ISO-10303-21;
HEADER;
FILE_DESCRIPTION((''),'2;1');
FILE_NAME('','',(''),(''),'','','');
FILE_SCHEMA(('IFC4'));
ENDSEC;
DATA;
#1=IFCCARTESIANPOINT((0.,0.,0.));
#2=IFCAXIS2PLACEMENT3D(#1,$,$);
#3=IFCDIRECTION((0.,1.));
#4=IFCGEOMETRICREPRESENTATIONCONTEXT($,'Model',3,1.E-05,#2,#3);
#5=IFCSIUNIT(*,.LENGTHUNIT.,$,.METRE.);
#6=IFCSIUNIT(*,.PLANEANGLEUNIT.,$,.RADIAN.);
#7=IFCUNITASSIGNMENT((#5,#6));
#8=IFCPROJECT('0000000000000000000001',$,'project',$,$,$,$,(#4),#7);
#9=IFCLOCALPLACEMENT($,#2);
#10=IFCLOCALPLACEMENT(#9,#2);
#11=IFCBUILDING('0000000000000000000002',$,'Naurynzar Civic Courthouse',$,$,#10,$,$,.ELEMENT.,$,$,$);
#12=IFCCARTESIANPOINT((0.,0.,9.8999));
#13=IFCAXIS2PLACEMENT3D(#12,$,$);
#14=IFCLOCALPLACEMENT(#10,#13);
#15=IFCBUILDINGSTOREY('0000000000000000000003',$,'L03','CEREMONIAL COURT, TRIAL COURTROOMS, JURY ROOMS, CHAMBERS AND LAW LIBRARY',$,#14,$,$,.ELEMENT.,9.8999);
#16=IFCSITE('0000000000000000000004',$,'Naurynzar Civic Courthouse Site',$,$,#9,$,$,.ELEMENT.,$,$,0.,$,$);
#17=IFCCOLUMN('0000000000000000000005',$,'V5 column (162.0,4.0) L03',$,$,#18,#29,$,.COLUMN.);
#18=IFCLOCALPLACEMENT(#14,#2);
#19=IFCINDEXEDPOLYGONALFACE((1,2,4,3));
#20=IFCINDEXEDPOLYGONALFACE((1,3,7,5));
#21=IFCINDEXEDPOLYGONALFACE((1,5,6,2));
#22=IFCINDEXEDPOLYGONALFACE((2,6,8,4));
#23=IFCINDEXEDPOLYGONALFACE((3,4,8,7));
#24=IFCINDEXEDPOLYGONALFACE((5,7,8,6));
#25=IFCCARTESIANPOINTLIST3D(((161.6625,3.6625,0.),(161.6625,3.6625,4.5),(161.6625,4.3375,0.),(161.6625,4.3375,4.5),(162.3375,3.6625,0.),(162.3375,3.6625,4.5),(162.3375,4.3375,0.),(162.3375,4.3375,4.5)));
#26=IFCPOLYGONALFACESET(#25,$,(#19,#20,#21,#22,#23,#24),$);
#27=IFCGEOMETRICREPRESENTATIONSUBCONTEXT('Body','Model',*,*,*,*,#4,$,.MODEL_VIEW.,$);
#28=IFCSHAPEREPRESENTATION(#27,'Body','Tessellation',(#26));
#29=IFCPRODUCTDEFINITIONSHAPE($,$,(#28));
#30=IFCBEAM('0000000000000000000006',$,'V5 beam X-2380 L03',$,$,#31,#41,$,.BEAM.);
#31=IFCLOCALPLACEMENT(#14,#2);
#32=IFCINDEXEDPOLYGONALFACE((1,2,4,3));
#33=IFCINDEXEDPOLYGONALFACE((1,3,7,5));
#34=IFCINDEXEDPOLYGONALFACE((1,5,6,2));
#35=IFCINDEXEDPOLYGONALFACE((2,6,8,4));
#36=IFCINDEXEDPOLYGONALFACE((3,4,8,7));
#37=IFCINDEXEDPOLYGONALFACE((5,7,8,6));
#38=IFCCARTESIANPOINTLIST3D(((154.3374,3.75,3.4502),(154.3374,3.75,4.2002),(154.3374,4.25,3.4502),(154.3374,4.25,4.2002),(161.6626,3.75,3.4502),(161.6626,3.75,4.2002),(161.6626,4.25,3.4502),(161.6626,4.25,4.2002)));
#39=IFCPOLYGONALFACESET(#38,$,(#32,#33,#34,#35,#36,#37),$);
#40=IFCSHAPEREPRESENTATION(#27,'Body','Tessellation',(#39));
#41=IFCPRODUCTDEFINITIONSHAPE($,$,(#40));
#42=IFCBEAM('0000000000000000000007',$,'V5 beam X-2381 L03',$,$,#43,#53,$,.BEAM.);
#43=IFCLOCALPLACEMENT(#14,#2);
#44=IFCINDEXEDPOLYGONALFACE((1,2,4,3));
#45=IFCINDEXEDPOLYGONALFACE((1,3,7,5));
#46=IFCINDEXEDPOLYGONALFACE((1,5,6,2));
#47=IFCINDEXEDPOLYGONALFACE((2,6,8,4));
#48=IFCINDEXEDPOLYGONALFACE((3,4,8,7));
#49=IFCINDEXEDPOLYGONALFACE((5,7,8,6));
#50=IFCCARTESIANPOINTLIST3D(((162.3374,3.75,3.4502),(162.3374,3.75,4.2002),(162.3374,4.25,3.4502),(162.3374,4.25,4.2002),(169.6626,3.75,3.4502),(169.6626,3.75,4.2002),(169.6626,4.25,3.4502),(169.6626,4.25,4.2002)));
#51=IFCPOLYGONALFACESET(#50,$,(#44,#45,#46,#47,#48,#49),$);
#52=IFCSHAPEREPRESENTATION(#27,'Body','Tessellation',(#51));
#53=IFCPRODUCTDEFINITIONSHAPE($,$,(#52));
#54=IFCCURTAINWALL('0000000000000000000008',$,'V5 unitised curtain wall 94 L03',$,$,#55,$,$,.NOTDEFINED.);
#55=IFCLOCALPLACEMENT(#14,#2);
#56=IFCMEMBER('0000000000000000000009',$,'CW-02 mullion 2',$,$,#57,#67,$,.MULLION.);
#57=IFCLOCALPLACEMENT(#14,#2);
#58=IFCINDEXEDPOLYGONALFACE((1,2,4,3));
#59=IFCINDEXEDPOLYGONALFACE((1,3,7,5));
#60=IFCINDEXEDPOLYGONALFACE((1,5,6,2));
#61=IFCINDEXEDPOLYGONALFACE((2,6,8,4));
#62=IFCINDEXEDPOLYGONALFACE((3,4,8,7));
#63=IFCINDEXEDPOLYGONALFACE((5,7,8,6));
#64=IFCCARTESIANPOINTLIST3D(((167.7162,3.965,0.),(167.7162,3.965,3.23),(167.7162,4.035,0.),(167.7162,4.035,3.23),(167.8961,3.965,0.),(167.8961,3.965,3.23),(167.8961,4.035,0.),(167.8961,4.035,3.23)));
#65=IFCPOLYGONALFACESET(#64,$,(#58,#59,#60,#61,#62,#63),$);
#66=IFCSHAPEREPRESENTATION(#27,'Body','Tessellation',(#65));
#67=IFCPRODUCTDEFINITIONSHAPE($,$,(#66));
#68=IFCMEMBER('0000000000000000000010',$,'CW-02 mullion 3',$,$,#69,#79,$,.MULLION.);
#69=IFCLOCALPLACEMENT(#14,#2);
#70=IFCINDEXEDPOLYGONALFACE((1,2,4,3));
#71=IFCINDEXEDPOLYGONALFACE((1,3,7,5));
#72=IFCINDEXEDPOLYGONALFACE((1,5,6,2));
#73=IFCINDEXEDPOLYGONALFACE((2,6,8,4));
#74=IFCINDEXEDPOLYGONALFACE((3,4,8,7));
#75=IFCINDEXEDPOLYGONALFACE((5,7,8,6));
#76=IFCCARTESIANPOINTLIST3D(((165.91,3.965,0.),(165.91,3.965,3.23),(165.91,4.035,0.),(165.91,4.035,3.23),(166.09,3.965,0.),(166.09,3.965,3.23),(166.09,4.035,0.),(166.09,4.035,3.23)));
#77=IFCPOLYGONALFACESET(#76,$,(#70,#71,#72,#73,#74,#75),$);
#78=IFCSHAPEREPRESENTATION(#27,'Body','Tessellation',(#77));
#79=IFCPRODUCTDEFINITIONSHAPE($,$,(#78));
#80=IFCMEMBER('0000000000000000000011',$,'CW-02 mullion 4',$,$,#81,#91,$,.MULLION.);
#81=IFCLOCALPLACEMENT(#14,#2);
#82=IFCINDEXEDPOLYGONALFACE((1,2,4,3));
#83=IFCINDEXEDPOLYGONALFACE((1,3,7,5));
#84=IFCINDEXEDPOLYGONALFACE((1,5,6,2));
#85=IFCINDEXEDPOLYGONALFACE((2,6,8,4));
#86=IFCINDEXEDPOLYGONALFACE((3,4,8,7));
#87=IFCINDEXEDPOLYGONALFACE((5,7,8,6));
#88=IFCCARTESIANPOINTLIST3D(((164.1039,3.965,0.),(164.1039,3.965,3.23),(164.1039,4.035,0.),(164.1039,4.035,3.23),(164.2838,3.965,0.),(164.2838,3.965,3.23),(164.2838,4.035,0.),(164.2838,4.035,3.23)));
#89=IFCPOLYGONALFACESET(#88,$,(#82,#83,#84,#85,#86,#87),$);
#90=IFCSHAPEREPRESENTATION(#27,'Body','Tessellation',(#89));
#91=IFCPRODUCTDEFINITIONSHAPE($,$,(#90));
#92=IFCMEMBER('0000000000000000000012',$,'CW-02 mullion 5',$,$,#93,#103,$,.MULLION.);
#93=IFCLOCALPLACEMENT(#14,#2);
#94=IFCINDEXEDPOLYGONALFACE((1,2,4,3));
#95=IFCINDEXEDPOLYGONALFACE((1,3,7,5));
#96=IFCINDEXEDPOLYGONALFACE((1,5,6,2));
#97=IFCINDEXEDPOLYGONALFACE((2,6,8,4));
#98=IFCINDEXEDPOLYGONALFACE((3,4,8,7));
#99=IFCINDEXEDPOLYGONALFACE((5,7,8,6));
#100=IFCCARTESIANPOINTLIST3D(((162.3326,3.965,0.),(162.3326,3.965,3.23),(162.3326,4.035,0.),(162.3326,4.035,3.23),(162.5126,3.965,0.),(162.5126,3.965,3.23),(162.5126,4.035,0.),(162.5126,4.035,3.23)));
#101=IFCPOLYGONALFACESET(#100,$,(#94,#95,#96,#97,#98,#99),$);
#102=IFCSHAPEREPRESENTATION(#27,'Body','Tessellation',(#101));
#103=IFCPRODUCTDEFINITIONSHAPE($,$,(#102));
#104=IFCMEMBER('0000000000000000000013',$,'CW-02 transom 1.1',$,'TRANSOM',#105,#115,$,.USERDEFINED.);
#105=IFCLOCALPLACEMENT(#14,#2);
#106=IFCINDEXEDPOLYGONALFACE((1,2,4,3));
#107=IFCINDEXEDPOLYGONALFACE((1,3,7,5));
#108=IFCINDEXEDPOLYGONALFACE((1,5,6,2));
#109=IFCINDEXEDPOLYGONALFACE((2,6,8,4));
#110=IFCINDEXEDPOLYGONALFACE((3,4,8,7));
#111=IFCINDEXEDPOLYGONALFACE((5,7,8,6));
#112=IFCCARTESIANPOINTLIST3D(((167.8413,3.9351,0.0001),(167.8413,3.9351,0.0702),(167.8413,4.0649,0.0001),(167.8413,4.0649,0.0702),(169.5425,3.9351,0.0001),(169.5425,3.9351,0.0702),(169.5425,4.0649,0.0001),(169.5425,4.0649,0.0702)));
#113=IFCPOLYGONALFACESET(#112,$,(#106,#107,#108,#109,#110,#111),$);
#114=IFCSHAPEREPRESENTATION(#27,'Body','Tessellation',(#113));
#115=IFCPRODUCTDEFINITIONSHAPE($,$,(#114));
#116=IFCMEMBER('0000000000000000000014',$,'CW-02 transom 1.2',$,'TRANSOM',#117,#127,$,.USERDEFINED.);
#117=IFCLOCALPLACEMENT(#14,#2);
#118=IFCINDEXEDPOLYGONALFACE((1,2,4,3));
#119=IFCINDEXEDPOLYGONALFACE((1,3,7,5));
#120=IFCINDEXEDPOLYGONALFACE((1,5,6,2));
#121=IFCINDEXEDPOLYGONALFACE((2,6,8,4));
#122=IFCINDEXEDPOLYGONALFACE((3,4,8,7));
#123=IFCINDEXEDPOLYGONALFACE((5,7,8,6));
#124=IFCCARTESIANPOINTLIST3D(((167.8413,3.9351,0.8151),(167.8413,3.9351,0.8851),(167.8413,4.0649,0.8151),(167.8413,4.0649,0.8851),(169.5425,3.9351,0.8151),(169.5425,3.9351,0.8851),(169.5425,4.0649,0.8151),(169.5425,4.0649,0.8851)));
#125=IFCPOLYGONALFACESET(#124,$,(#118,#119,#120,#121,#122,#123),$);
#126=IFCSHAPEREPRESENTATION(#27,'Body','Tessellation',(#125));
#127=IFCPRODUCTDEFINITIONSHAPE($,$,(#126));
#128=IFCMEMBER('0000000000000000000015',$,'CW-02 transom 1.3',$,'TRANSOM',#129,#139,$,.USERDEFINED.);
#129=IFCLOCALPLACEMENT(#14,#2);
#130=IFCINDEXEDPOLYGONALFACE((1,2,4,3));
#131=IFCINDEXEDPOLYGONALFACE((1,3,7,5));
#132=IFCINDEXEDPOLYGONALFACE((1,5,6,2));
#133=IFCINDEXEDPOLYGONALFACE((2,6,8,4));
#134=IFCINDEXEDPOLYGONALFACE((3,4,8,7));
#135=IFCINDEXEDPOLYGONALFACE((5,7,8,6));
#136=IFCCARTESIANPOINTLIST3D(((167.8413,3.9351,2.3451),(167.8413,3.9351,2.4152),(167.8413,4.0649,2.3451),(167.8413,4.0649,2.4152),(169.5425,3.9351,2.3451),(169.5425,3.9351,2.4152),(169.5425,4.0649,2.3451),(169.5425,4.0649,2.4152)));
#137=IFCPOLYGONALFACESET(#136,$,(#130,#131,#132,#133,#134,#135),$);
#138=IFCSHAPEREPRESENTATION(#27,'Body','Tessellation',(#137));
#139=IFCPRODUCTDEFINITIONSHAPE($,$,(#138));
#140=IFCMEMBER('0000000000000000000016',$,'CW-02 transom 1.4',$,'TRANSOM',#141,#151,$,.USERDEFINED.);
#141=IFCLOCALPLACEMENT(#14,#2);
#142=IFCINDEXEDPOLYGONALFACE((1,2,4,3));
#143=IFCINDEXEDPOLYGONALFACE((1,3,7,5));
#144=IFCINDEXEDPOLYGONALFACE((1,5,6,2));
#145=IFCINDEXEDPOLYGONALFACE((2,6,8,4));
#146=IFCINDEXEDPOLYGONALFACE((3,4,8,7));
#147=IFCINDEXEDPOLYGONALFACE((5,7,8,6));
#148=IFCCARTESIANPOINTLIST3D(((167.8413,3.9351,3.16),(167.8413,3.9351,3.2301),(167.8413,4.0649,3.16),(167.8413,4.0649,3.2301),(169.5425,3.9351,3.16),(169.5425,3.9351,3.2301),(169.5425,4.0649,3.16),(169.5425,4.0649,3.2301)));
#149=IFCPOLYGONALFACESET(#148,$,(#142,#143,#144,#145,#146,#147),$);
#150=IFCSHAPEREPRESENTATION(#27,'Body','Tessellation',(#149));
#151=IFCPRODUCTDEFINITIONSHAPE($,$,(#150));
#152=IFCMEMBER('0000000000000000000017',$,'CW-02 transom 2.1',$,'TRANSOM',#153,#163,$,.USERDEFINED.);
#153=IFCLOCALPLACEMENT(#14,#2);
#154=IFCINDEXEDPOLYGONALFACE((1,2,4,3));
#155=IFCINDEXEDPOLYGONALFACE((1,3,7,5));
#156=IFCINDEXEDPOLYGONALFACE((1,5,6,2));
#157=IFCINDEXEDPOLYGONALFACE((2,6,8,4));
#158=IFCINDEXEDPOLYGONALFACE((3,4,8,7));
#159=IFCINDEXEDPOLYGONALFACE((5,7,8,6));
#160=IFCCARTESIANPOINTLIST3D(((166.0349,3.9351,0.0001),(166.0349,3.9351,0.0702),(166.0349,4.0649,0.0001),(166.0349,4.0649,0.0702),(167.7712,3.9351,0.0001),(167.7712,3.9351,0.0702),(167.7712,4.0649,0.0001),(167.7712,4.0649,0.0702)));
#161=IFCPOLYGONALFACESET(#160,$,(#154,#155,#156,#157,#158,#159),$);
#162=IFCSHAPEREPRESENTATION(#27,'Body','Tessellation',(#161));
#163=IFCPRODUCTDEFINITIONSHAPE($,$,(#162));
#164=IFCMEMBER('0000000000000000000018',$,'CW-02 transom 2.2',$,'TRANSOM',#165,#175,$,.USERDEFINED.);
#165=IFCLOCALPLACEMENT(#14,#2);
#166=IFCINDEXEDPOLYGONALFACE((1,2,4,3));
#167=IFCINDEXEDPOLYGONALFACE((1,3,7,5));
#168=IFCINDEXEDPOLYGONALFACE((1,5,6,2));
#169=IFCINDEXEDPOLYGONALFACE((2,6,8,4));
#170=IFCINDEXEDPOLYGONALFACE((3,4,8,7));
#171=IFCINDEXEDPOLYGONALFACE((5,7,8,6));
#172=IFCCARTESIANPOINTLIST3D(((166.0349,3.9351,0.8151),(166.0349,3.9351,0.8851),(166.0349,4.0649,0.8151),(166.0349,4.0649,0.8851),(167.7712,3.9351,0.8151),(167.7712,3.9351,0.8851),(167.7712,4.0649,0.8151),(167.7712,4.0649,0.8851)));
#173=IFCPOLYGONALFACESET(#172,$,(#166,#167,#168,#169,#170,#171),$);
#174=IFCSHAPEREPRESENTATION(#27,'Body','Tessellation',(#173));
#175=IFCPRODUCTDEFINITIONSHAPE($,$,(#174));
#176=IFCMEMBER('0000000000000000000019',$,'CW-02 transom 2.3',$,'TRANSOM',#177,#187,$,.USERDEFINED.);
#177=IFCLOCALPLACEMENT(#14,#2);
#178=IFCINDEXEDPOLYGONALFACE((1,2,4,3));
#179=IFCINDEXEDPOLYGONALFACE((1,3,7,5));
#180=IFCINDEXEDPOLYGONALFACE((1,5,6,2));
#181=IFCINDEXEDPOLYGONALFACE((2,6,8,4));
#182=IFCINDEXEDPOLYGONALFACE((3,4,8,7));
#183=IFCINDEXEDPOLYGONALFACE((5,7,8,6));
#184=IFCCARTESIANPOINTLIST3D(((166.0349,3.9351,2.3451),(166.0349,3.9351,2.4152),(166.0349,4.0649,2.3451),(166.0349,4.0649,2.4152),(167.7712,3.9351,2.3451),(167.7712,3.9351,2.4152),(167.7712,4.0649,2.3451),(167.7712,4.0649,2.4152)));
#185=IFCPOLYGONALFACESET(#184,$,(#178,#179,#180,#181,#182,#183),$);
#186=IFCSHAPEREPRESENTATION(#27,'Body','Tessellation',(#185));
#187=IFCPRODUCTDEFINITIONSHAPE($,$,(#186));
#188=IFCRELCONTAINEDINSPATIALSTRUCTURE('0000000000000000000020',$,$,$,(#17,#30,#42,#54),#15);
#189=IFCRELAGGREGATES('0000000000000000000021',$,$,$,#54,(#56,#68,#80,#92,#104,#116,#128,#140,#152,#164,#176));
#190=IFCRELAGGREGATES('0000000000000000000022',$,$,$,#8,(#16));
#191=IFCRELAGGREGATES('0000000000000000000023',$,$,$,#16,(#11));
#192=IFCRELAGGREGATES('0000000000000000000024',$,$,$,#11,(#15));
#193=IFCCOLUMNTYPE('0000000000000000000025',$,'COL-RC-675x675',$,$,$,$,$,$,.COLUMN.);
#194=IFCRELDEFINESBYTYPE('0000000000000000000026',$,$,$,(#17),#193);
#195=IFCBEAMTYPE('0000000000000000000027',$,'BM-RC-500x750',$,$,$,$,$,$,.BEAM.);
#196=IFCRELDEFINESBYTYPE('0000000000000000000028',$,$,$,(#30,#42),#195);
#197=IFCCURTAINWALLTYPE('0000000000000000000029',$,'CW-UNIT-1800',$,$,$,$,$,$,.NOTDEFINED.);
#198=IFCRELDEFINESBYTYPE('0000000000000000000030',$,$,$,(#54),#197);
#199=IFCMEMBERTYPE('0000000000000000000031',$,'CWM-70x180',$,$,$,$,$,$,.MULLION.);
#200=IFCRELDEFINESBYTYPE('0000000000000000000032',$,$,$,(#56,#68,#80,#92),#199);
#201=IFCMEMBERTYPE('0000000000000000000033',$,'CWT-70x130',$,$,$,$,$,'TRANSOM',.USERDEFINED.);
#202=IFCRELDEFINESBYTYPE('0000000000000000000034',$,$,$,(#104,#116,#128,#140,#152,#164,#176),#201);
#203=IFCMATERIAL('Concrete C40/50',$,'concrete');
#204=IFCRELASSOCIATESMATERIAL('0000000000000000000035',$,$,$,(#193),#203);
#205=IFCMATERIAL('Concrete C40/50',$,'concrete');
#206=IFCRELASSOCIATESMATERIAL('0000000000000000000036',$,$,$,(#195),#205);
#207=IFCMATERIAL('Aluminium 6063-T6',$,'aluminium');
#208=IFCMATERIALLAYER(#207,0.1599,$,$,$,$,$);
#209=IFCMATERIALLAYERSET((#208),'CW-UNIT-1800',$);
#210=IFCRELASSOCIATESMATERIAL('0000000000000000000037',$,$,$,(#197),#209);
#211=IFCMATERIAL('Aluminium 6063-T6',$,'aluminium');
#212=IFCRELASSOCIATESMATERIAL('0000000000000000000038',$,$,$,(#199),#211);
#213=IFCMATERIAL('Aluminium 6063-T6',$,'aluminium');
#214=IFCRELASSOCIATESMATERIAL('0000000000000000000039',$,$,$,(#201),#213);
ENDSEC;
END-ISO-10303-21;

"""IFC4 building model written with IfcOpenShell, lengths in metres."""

from ifc_helpers import new_model, si_unit, direction, frame, origin, origin_2d, place, context, subcontext, project, spatial, rectangle, extrude, material, layer, layer_set, material_profile, profile_set, type_object, element, aggregate, save


model = new_model("IFC4")

# Units and contexts
model_context = context("Model", 3, precision=1e-05, world=origin(), true_north=direction((0.0, 1.0)))
body_context = subcontext(model_context, "Body", "Model", "MODEL_VIEW")
ifc_project = project(units=[si_unit("LENGTHUNIT", "METRE"), si_unit("PLANEANGLEUNIT", "RADIAN")], contexts=[model_context])

# Site, building, storey
site_placement = place(None, origin())
site = spatial("IfcSite", under=ifc_project, at=site_placement, Name="Naurynzar Civic Courthouse Site", CompositionType="ELEMENT", RefElevation=0.0)
building_placement = place(site_placement, origin())
building = spatial("IfcBuilding", under=site, at=building_placement, Name="Naurynzar Civic Courthouse", CompositionType="ELEMENT")
storey_placement = place(building_placement, frame((0.0, 0.0, 9.8999)))
storey = spatial("IfcBuildingStorey", under=building, at=storey_placement, Name="L03", Description="CEREMONIAL COURT, TRIAL COURTROOMS, JURY ROOMS, CHAMBERS AND LAW LIBRARY", CompositionType="ELEMENT", Elevation=9.8999)

# Column
ifc_material_1 = material(Name="Concrete C40/50", Category="concrete")
ifc_material_profile_1 = material_profile(ifc_material_1, rectangle(XDim=0.675, YDim=0.675, at=origin_2d()), Name="RC 675x675")
ifc_profile_set_1 = profile_set([ifc_material_profile_1], Name="Concrete C40/50")
column_type = type_object("IfcColumnType", Name="COL-RC-675x675", PredefinedType="COLUMN", material=ifc_profile_set_1)
column_placement = place(storey_placement, frame((162.0, 4.0, 0.0), z_axis=(0.0, 0.0, 1.0), x_axis=(1.0, 0.0, 0.0)))
element("IfcColumn", 1, at=column_placement, inside=storey, type_object=column_type, Name="V5 column (162.0,4.0) L03", PredefinedType="COLUMN", context=body_context, shape_type="SweptSolid", body=[
    extrude(rectangle(XDim=0.675, YDim=0.675, at=origin_2d()), origin(), (0.0, 0.0, 1.0), 4.5),
])

# Beams
ifc_material_2 = material(Name="Concrete C40/50", Category="concrete")
ifc_material_profile_2 = material_profile(ifc_material_2, rectangle(XDim=0.5, YDim=0.75, at=origin_2d()), Name="RCB 500x750")
ifc_profile_set_2 = profile_set([ifc_material_profile_2], Name="Concrete C40/50")
beam_type = type_object("IfcBeamType", Name="BM-RC-500x750", PredefinedType="BEAM", material=ifc_profile_set_2)
for number, where, z_axis, x_axis, name in (
    (2, (154.3374, 4.0, 3.8252), (1.0, 0.0, 0.0), (0.0, 1.0, 0.0), "V5 beam X-2380 L03"),
    (3, (162.3374, 4.0, 3.8252), (1.0, 0.0, 0.0), (0.0, 1.0, 0.0), "V5 beam X-2381 L03"),
):
    element("IfcBeam", number, at=place(storey_placement, frame(where, z_axis=z_axis, x_axis=x_axis)), inside=storey, type_object=beam_type, Name=name, PredefinedType="BEAM", context=body_context, shape_type="SweptSolid", body=[
        extrude(rectangle(XDim=0.5, YDim=0.75, at=origin_2d()), origin(), (0.0, 0.0, 1.0), 7.3252),
    ])

# Curtain wall, members
ifc_material_3 = material(Name="Aluminium 6063-T6", Category="aluminium")
ifc_layer_1 = layer(ifc_material_3, 0.1599)
ifc_layer_set_1 = layer_set([ifc_layer_1], Name="CW-UNIT-1800")
curtain_wall_type = type_object("IfcCurtainWallType", Name="CW-UNIT-1800", PredefinedType="NOTDEFINED", material=ifc_layer_set_1)
curtain_wall_placement = place(storey_placement, origin())
curtain_wall = element("IfcCurtainWall", 4, at=curtain_wall_placement, inside=storey, type_object=curtain_wall_type, Name="V5 unitised curtain wall 94 L03", PredefinedType="NOTDEFINED")
ifc_material_4 = material(Name="Aluminium 6063-T6", Category="aluminium")
ifc_material_profile_3 = material_profile(ifc_material_4, rectangle(XDim=0.0701, YDim=0.1799, at=origin_2d()), Name="ALU MULLION 70x180")
ifc_profile_set_3 = profile_set([ifc_material_profile_3], Name="Aluminium 6063-T6")
member_type_1 = type_object("IfcMemberType", Name="CWM-70x180", PredefinedType="MULLION", material=ifc_profile_set_3)
member_1_placement = place(storey_placement, frame((167.8062, 4.0, 0.0), z_axis=(0.0, 0.0, 1.0), x_axis=(0.0, -1.0, 0.0)))
member_1 = element("IfcMember", 5, at=member_1_placement, type_object=member_type_1, Name="CW-02 mullion 2", PredefinedType="MULLION", context=body_context, shape_type="SweptSolid", body=[
    extrude(rectangle(XDim=0.0701, YDim=0.1799, at=origin_2d()), origin(), (0.0, 0.0, 1.0), 3.23),
])
member_2_placement = place(storey_placement, frame((166.0, 4.0, 0.0), z_axis=(0.0, 0.0, 1.0), x_axis=(0.0, -1.0, 0.0)))
member_2 = element("IfcMember", 6, at=member_2_placement, type_object=member_type_1, Name="CW-02 mullion 3", PredefinedType="MULLION", context=body_context, shape_type="SweptSolid", body=[
    extrude(rectangle(XDim=0.0701, YDim=0.1799, at=origin_2d()), origin(), (0.0, 0.0, 1.0), 3.23),
])
member_3_placement = place(storey_placement, frame((164.1938, 4.0, 0.0), z_axis=(0.0, 0.0, 1.0), x_axis=(0.0, -1.0, 0.0)))
member_3 = element("IfcMember", 7, at=member_3_placement, type_object=member_type_1, Name="CW-02 mullion 4", PredefinedType="MULLION", context=body_context, shape_type="SweptSolid", body=[
    extrude(rectangle(XDim=0.0701, YDim=0.1799, at=origin_2d()), origin(), (0.0, 0.0, 1.0), 3.23),
])
member_4_placement = place(storey_placement, frame((162.4226, 4.0, 0.0), z_axis=(0.0, 0.0, 1.0), x_axis=(0.0, -1.0, 0.0)))
member_4 = element("IfcMember", 8, at=member_4_placement, type_object=member_type_1, Name="CW-02 mullion 5", PredefinedType="MULLION", context=body_context, shape_type="SweptSolid", body=[
    extrude(rectangle(XDim=0.0701, YDim=0.1799, at=origin_2d()), origin(), (0.0, 0.0, 1.0), 3.23),
])
ifc_material_5 = material(Name="Aluminium 6063-T6", Category="aluminium")
ifc_material_profile_4 = material_profile(ifc_material_5, rectangle(XDim=0.1299, YDim=0.0701, at=origin_2d()), Name="ALU TRANSOM 70x130")
ifc_profile_set_4 = profile_set([ifc_material_profile_4], Name="Aluminium 6063-T6")
member_type_2 = type_object("IfcMemberType", Name="CWT-70x130", ElementType="TRANSOM", PredefinedType="USERDEFINED", material=ifc_profile_set_4)
member_5_placement = place(storey_placement, frame((169.5425, 4.0, 0.0352), z_axis=(-1.0, 0.0, 0.0), x_axis=(0.0, -1.0, 0.0)))
member_5 = element("IfcMember", 9, at=member_5_placement, type_object=member_type_2, Name="CW-02 transom 1.1", ObjectType="TRANSOM", PredefinedType="USERDEFINED", context=body_context, shape_type="SweptSolid", body=[
    extrude(rectangle(XDim=0.1299, YDim=0.0701, at=origin_2d()), origin(), (0.0, 0.0, 1.0), 1.7012),
])
member_6_placement = place(storey_placement, frame((169.5425, 4.0, 0.8501), z_axis=(-1.0, 0.0, 0.0), x_axis=(0.0, -1.0, 0.0)))
member_6 = element("IfcMember", 10, at=member_6_placement, type_object=member_type_2, Name="CW-02 transom 1.2", ObjectType="TRANSOM", PredefinedType="USERDEFINED", context=body_context, shape_type="SweptSolid", body=[
    extrude(rectangle(XDim=0.1299, YDim=0.0701, at=origin_2d()), origin(), (0.0, 0.0, 1.0), 1.7012),
])
member_7_placement = place(storey_placement, frame((169.5425, 4.0, 2.3801), z_axis=(-1.0, 0.0, 0.0), x_axis=(0.0, -1.0, 0.0)))
member_7 = element("IfcMember", 11, at=member_7_placement, type_object=member_type_2, Name="CW-02 transom 1.3", ObjectType="TRANSOM", PredefinedType="USERDEFINED", context=body_context, shape_type="SweptSolid", body=[
    extrude(rectangle(XDim=0.1299, YDim=0.0701, at=origin_2d()), origin(), (0.0, 0.0, 1.0), 1.7012),
])
member_8_placement = place(storey_placement, frame((169.5425, 4.0, 3.1951), z_axis=(-1.0, 0.0, 0.0), x_axis=(0.0, -1.0, 0.0)))
member_8 = element("IfcMember", 12, at=member_8_placement, type_object=member_type_2, Name="CW-02 transom 1.4", ObjectType="TRANSOM", PredefinedType="USERDEFINED", context=body_context, shape_type="SweptSolid", body=[
    extrude(rectangle(XDim=0.1299, YDim=0.0701, at=origin_2d()), origin(), (0.0, 0.0, 1.0), 1.7012),
])
member_9_placement = place(storey_placement, frame((167.7712, 4.0, 0.0352), z_axis=(-1.0, 0.0, 0.0), x_axis=(0.0, -1.0, 0.0)))
member_9 = element("IfcMember", 13, at=member_9_placement, type_object=member_type_2, Name="CW-02 transom 2.1", ObjectType="TRANSOM", PredefinedType="USERDEFINED", context=body_context, shape_type="SweptSolid", body=[
    extrude(rectangle(XDim=0.1299, YDim=0.0701, at=origin_2d()), origin(), (0.0, 0.0, 1.0), 1.7363),
])
member_10_placement = place(storey_placement, frame((167.7712, 4.0, 0.8501), z_axis=(-1.0, 0.0, 0.0), x_axis=(0.0, -1.0, 0.0)))
member_10 = element("IfcMember", 14, at=member_10_placement, type_object=member_type_2, Name="CW-02 transom 2.2", ObjectType="TRANSOM", PredefinedType="USERDEFINED", context=body_context, shape_type="SweptSolid", body=[
    extrude(rectangle(XDim=0.1299, YDim=0.0701, at=origin_2d()), origin(), (0.0, 0.0, 1.0), 1.7363),
])
member_11_placement = place(storey_placement, frame((167.7712, 4.0, 2.3801), z_axis=(-1.0, 0.0, 0.0), x_axis=(0.0, -1.0, 0.0)))
member_11 = element("IfcMember", 15, at=member_11_placement, type_object=member_type_2, Name="CW-02 transom 2.3", ObjectType="TRANSOM", PredefinedType="USERDEFINED", context=body_context, shape_type="SweptSolid", body=[
    extrude(rectangle(XDim=0.1299, YDim=0.0701, at=origin_2d()), origin(), (0.0, 0.0, 1.0), 1.7363),
])
aggregate(curtain_wall, [member_1, member_2, member_3, member_4, member_5, member_6, member_7, member_8, member_9, member_10, member_11])

save(model, "model.ifc")
